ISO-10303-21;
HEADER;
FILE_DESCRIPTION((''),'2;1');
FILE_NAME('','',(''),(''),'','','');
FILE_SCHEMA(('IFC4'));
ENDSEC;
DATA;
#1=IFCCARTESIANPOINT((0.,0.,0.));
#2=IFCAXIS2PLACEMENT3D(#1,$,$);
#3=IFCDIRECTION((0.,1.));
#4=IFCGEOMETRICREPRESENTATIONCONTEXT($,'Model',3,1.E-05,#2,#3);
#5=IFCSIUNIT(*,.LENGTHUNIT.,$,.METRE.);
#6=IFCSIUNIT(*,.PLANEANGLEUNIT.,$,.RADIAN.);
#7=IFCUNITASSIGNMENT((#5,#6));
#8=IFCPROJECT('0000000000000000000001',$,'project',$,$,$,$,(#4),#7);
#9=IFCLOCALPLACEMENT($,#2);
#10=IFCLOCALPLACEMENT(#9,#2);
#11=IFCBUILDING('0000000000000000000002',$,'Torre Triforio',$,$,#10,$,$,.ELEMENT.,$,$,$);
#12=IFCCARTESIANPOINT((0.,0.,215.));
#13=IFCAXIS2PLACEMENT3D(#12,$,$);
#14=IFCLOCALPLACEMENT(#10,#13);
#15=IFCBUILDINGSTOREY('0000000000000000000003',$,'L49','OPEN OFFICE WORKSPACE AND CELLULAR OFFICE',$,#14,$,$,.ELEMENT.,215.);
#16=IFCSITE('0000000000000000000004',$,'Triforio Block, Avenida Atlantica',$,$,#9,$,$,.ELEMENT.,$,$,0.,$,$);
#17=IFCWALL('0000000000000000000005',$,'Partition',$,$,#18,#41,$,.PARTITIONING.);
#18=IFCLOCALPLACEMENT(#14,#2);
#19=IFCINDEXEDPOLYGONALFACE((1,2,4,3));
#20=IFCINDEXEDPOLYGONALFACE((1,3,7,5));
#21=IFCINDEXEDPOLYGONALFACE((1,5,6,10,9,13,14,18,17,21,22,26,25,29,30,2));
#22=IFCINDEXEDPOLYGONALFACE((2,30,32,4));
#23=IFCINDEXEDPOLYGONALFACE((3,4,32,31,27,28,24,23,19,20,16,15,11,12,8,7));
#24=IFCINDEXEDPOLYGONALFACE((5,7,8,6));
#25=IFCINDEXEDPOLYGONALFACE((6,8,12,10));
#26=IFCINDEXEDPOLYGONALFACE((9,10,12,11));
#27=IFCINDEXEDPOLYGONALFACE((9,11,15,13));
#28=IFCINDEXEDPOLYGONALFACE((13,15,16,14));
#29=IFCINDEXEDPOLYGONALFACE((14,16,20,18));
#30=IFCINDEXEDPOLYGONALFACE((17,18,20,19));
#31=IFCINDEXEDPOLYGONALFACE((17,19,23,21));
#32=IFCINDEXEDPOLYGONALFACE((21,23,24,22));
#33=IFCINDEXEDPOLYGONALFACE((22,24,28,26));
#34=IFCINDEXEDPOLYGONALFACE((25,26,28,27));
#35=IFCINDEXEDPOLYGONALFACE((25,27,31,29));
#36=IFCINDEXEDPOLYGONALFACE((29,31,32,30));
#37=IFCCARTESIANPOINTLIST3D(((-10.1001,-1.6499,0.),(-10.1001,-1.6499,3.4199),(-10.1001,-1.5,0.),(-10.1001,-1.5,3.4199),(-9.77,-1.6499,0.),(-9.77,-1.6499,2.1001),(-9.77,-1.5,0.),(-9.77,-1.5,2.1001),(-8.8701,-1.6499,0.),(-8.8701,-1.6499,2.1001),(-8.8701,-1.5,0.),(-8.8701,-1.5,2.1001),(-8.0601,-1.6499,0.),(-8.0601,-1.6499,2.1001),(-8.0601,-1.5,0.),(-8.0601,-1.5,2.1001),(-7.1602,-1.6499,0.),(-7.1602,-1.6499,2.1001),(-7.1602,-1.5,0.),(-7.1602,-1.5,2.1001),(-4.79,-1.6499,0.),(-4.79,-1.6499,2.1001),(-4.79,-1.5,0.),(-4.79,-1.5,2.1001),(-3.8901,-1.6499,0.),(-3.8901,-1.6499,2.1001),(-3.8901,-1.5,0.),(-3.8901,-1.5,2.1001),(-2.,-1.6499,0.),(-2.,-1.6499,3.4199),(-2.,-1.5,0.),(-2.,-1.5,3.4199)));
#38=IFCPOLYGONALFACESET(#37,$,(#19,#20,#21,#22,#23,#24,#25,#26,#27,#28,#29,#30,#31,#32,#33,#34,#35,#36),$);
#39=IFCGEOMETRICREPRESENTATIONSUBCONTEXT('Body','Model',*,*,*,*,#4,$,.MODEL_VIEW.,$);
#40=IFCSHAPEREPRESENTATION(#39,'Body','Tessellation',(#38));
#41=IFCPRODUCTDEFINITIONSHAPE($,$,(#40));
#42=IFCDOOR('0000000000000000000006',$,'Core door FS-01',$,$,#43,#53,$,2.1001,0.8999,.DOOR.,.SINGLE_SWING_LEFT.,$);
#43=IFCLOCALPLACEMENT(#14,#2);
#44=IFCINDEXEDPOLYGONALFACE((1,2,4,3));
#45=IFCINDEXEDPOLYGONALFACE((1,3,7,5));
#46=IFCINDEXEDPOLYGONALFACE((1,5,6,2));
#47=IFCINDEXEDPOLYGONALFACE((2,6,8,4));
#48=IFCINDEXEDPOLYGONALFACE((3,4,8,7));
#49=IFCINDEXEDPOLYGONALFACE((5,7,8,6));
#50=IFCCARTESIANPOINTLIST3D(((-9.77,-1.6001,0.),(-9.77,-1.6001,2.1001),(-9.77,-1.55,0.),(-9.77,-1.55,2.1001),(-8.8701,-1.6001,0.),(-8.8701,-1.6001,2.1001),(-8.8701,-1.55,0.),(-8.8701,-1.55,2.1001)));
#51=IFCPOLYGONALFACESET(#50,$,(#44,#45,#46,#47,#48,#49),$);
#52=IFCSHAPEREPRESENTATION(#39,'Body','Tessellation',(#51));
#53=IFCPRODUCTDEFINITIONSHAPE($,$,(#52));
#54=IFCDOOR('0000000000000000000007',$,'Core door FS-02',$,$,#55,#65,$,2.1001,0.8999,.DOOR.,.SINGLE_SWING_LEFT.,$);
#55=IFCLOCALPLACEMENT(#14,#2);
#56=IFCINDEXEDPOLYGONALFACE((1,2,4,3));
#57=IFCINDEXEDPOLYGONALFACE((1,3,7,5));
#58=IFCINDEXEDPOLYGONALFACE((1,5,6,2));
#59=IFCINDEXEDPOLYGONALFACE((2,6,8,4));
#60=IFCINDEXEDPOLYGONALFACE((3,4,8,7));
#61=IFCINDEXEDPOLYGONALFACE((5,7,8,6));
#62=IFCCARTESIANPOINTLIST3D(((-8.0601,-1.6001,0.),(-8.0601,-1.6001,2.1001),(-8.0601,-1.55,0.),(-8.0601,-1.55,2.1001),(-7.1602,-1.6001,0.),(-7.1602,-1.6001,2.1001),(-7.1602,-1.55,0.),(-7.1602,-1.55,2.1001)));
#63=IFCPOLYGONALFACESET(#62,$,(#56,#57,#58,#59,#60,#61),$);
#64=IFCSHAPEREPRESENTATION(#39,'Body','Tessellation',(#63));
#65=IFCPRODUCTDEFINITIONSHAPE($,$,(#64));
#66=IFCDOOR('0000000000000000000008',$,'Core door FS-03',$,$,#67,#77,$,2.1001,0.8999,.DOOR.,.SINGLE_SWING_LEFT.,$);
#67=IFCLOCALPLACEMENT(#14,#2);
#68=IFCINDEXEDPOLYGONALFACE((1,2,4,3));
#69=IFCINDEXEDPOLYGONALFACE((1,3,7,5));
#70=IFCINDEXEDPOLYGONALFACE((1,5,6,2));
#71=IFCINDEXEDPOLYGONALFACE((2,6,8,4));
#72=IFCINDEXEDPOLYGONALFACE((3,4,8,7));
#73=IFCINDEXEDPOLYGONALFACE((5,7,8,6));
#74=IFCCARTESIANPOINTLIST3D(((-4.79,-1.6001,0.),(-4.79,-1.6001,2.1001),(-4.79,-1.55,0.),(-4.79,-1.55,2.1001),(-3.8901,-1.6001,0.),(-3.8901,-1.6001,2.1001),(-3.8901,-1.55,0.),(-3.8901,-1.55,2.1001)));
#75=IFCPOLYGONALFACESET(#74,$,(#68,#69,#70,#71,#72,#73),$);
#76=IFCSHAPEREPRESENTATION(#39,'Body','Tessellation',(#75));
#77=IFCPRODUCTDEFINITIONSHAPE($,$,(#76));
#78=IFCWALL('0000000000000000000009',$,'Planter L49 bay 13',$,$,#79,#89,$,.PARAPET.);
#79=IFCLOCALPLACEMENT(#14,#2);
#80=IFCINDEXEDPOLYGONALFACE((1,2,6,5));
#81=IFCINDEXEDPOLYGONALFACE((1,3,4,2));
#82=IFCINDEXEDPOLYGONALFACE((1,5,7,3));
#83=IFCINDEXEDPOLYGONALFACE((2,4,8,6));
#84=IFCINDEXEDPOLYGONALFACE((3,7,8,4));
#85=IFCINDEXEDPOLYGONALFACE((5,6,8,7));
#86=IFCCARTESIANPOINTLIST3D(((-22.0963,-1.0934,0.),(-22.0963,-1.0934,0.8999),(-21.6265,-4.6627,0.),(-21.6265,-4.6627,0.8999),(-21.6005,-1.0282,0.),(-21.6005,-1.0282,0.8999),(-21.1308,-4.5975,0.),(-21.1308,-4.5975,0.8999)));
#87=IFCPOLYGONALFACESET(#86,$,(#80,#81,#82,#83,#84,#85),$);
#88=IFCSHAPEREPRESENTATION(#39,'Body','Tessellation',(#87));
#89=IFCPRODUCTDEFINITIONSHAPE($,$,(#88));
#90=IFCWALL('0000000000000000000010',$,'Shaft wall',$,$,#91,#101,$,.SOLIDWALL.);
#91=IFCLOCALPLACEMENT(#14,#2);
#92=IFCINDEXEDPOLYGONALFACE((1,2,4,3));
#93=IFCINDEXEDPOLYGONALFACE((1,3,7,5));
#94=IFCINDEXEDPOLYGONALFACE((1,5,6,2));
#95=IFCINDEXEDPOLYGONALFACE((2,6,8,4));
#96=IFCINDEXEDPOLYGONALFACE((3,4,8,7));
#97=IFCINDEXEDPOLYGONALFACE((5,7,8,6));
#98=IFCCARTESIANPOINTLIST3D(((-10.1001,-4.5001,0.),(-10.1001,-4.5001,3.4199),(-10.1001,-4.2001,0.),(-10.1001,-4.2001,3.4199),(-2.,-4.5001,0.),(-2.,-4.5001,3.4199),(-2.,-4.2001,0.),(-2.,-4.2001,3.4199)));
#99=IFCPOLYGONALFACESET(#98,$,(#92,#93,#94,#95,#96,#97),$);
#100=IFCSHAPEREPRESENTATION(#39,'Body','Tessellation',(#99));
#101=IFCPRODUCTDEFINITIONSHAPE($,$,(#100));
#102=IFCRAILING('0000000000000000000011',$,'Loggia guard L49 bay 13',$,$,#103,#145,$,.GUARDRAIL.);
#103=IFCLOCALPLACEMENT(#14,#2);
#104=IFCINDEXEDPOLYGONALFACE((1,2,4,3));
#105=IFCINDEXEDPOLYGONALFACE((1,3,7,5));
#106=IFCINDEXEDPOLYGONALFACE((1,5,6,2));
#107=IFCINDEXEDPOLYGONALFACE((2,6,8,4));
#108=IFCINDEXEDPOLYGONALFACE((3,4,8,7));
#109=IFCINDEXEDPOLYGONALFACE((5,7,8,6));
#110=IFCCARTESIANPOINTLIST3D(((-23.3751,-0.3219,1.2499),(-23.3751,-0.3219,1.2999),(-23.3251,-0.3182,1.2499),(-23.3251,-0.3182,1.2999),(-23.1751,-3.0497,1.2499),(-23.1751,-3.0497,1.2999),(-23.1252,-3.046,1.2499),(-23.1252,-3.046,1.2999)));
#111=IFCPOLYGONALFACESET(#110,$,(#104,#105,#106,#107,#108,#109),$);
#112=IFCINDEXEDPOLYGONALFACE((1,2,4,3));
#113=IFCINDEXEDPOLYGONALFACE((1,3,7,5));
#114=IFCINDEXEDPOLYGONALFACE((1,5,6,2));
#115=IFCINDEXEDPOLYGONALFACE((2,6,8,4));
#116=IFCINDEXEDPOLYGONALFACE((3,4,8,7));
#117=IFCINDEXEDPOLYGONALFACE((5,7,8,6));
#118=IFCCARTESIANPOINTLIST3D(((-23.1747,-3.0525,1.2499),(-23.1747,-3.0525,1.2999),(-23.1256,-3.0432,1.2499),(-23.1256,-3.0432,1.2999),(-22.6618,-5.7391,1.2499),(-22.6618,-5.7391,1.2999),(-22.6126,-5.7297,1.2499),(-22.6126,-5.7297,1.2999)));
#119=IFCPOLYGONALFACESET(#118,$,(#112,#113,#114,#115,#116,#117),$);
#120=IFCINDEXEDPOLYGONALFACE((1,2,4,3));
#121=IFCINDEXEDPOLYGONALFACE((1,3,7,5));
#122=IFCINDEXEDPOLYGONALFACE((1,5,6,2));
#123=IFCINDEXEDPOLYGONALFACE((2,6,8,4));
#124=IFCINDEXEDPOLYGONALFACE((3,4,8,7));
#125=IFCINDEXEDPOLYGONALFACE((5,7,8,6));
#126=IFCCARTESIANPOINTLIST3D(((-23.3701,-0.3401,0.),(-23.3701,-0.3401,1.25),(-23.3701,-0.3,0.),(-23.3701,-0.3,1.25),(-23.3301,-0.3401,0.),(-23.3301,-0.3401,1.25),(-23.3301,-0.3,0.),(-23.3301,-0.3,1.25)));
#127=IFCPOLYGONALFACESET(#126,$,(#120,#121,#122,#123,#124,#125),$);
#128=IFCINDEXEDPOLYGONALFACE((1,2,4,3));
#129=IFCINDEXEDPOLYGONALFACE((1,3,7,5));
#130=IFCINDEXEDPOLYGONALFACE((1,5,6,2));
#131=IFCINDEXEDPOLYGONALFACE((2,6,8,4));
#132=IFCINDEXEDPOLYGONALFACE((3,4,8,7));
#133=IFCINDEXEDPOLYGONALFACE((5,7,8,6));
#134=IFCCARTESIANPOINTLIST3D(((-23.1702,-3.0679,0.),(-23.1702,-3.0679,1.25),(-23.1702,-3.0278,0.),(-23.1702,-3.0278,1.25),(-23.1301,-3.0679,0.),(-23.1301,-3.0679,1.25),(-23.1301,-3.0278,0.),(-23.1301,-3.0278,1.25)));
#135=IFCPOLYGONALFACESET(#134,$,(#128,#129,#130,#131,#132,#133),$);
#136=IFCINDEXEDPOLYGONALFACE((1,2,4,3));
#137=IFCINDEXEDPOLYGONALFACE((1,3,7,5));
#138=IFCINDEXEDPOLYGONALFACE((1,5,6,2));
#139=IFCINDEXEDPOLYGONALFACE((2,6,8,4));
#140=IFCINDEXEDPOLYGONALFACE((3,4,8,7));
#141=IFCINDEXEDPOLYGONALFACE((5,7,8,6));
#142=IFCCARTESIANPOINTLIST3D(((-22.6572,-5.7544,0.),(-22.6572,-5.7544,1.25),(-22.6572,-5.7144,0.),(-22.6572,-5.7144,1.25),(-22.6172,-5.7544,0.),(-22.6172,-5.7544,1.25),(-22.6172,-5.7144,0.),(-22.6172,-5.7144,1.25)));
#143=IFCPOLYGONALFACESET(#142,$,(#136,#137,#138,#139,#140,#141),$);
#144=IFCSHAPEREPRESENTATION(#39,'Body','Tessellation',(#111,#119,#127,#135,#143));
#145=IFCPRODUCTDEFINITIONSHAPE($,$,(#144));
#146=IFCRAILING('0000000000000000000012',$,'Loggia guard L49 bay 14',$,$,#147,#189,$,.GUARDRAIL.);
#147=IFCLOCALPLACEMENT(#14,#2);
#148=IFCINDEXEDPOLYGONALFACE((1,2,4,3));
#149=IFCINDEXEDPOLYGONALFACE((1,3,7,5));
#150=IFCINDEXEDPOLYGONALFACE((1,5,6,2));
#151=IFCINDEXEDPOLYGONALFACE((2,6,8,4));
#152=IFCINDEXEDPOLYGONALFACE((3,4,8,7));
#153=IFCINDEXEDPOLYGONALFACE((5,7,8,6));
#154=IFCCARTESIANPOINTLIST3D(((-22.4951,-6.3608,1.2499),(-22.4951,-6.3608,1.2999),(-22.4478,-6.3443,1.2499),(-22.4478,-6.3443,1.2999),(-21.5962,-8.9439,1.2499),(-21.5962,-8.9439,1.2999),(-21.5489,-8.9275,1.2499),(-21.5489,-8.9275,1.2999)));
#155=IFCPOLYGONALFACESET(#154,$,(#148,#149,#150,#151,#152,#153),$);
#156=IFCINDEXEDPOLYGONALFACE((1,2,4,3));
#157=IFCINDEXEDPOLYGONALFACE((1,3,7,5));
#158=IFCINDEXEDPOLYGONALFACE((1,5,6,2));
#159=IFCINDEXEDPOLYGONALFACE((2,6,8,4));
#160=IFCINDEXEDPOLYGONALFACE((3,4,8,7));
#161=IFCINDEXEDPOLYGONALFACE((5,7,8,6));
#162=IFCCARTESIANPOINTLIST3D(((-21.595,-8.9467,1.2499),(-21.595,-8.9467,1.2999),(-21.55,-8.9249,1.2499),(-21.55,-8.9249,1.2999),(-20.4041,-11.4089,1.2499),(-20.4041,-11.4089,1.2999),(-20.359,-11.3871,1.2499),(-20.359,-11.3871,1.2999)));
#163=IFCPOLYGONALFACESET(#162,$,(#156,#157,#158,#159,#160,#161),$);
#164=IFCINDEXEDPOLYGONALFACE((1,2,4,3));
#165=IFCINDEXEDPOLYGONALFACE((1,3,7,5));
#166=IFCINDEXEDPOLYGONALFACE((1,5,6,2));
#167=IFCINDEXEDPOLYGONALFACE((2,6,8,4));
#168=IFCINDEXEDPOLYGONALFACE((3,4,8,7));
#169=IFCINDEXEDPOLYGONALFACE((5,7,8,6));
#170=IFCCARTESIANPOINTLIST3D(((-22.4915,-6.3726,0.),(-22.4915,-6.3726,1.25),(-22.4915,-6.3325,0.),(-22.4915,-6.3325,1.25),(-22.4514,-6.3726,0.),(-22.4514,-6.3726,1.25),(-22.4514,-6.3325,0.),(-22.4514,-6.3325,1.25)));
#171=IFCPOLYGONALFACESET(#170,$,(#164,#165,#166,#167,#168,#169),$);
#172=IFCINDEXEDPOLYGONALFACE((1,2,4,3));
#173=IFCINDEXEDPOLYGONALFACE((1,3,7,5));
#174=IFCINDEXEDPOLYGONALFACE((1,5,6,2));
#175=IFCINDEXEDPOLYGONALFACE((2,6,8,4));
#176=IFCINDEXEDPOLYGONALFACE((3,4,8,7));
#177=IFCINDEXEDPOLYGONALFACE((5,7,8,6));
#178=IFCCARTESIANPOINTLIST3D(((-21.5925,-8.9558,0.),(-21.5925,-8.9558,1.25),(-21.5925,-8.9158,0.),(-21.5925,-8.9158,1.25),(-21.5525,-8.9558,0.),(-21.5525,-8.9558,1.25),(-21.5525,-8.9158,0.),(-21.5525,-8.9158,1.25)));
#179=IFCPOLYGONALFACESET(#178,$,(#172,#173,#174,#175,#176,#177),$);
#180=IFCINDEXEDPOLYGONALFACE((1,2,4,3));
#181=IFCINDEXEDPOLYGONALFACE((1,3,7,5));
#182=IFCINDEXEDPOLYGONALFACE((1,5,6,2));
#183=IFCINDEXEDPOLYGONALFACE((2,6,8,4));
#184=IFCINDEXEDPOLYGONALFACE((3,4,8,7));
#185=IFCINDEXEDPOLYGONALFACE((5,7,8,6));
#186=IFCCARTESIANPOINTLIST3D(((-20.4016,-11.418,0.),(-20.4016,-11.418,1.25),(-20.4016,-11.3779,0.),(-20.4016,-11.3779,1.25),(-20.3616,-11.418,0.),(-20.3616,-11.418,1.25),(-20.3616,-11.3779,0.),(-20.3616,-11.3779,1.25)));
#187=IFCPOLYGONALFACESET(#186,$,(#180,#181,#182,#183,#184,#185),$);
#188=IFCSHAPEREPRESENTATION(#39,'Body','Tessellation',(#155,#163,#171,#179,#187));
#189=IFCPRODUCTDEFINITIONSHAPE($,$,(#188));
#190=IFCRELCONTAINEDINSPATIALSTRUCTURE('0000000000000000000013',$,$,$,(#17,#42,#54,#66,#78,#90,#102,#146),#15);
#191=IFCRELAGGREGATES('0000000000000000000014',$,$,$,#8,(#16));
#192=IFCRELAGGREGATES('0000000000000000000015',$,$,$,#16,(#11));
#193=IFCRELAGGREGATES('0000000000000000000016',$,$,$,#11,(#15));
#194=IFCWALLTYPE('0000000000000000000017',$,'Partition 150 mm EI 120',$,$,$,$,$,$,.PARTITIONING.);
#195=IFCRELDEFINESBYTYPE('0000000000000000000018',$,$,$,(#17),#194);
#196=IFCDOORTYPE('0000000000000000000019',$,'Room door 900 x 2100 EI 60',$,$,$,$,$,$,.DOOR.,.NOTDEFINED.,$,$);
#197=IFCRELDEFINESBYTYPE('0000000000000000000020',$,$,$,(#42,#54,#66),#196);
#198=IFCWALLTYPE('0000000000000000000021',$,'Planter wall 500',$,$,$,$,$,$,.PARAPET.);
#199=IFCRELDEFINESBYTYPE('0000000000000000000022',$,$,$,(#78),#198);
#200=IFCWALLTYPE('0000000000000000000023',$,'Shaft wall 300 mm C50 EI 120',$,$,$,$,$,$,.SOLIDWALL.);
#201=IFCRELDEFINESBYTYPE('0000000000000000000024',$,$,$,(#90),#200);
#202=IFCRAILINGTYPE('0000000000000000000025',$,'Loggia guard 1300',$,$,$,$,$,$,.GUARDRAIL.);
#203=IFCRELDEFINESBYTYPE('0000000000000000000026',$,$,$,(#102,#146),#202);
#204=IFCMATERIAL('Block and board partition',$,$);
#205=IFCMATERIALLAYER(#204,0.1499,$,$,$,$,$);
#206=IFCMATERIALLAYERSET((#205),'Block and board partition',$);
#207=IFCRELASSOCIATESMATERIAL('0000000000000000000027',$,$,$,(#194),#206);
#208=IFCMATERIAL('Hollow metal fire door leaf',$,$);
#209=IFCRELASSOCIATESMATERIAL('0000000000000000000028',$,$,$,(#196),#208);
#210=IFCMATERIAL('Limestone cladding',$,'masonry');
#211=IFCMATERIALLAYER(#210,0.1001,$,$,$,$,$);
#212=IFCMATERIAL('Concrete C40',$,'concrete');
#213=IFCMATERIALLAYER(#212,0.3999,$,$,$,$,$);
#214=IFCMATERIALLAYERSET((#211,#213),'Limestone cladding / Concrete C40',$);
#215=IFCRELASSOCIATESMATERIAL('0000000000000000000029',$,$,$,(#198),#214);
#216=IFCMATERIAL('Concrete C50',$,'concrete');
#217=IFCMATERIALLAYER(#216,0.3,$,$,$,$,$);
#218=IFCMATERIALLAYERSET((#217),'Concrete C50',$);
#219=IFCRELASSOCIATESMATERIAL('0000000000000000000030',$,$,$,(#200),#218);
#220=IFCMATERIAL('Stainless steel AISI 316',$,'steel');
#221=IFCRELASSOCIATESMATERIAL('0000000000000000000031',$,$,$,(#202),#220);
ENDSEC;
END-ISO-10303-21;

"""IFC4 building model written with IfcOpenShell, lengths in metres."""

from ifc_helpers import new_model, si_unit, direction, frame, frame_2d, origin, origin_2d, place, context, subcontext, project, spatial, rectangle, extrude, material, layer, layer_set, type_object, element, fill, save


model = new_model("IFC4")

# Units and contexts
model_context = context("Model", 3, precision=1e-05, world=origin(), true_north=direction((0.0, 1.0)))
body_context = subcontext(model_context, "Body", "Model", "MODEL_VIEW")
ifc_project = project(units=[si_unit("LENGTHUNIT", "METRE"), si_unit("PLANEANGLEUNIT", "RADIAN")], contexts=[model_context])

# Site, building, storey
site_placement = place(None, origin())
site = spatial("IfcSite", under=ifc_project, at=site_placement, Name="Triforio Block, Avenida Atlantica", CompositionType="ELEMENT", RefElevation=0.0)
building_placement = place(site_placement, origin())
building = spatial("IfcBuilding", under=site, at=building_placement, Name="Torre Triforio", CompositionType="ELEMENT")
storey_placement = place(building_placement, frame((0.0, 0.0, 215.0)))
storey = spatial("IfcBuildingStorey", under=building, at=storey_placement, Name="L49", Description="OPEN OFFICE WORKSPACE AND CELLULAR OFFICE", CompositionType="ELEMENT", Elevation=215.0)

# Shared definitions
ifc_material_1 = material(Name="Concrete C50", Category="concrete")

# Shared definitions
ifc_material_2 = material(Name="Concrete C40", Category="concrete")

# Shared definitions
ifc_material_3 = material(Name="Hollow metal fire door leaf")

# Wall, openings, doors
ifc_material_4 = material(Name="Block and board partition")
ifc_layer_1 = layer(ifc_material_4, 0.1499)
ifc_layer_set_1 = layer_set([ifc_layer_1], Name="Block and board partition")
wall_type_1 = type_object("IfcWallType", Name="Partition 150 mm EI 120", PredefinedType="PARTITIONING", material=ifc_layer_set_1)
wall_1_placement = place(storey_placement, frame((-10.1001, -1.575, 0.0), z_axis=(0.0, 0.0, 1.0), x_axis=(1.0, 0.0, 0.0)))
wall_1 = element("IfcWall", 1, at=wall_1_placement, inside=storey, type_object=wall_type_1, Name="Partition", PredefinedType="PARTITIONING", context=body_context, shape_type="SweptSolid", body=[
    extrude(rectangle(XDim=8.1001, YDim=0.1499, at=frame_2d((4.05, 0.0))), origin(), (0.0, 0.0, 1.0), 3.4199),
])
opening_1_placement = place(wall_1_placement, frame((0.3301, 0.0, 0.0)))
opening_1 = element("IfcOpeningElement", 2, at=opening_1_placement, cuts=wall_1, PredefinedType="OPENING", context=body_context, shape_type="SweptSolid", body=[
    extrude(rectangle(XDim=0.8999, YDim=2.1001, at=frame_2d((0.45, 1.05))), frame((0.0, 0.085, 0.0), z_axis=(0.0, -1.0, 0.0), x_axis=(1.0, 0.0, 0.0)), (0.0, 0.0, 1.0), 0.1699),
])
opening_2_placement = place(wall_1_placement, frame((2.04, 0.0, 0.0)))
opening_2 = element("IfcOpeningElement", 3, at=opening_2_placement, cuts=wall_1, PredefinedType="OPENING", context=body_context, shape_type="SweptSolid", body=[
    extrude(rectangle(XDim=0.8999, YDim=2.1001, at=frame_2d((0.45, 1.05))), frame((0.0, 0.085, 0.0), z_axis=(0.0, -1.0, 0.0), x_axis=(1.0, 0.0, 0.0)), (0.0, 0.0, 1.0), 0.1699),
])
opening_3_placement = place(wall_1_placement, frame((5.3101, 0.0, 0.0)))
opening_3 = element("IfcOpeningElement", 4, at=opening_3_placement, cuts=wall_1, PredefinedType="OPENING", context=body_context, shape_type="SweptSolid", body=[
    extrude(rectangle(XDim=0.8999, YDim=2.1001, at=frame_2d((0.45, 1.05))), frame((0.0, 0.085, 0.0), z_axis=(0.0, -1.0, 0.0), x_axis=(1.0, 0.0, 0.0)), (0.0, 0.0, 1.0), 0.1699),
])
door_type_1 = type_object("IfcDoorType", Name="Room door 900 x 2100 EI 60", OperationType="NOTDEFINED", PredefinedType="DOOR", material=ifc_material_3)
door_1_placement = place(opening_1_placement, origin())
door_1 = element("IfcDoor", 5, at=door_1_placement, inside=storey, type_object=door_type_1, Name="Core door FS-01", OperationType="SINGLE_SWING_LEFT", OverallHeight=2.1001, OverallWidth=0.8999, PredefinedType="DOOR", context=body_context, shape_type="SweptSolid", body=[
    extrude(rectangle(XDim=0.8999, YDim=2.1001, at=frame_2d((0.45, 1.05))), frame((0.0, 0.0249, 0.0), z_axis=(0.0, -1.0, 0.0), x_axis=(1.0, 0.0, 0.0)), (0.0, 0.0, 1.0), 0.05),
])
fill(opening_1, door_1)
door_2_placement = place(opening_2_placement, origin())
door_2 = element("IfcDoor", 6, at=door_2_placement, inside=storey, type_object=door_type_1, Name="Core door FS-02", OperationType="SINGLE_SWING_LEFT", OverallHeight=2.1001, OverallWidth=0.8999, PredefinedType="DOOR", context=body_context, shape_type="SweptSolid", body=[
    extrude(rectangle(XDim=0.8999, YDim=2.1001, at=frame_2d((0.45, 1.05))), frame((0.0, 0.0249, 0.0), z_axis=(0.0, -1.0, 0.0), x_axis=(1.0, 0.0, 0.0)), (0.0, 0.0, 1.0), 0.05),
])
fill(opening_2, door_2)
door_3_placement = place(opening_3_placement, origin())
door_3 = element("IfcDoor", 7, at=door_3_placement, inside=storey, type_object=door_type_1, Name="Core door FS-03", OperationType="SINGLE_SWING_LEFT", OverallHeight=2.1001, OverallWidth=0.8999, PredefinedType="DOOR", context=body_context, shape_type="SweptSolid", body=[
    extrude(rectangle(XDim=0.8999, YDim=2.1001, at=frame_2d((0.45, 1.05))), frame((0.0, 0.0249, 0.0), z_axis=(0.0, -1.0, 0.0), x_axis=(1.0, 0.0, 0.0)), (0.0, 0.0, 1.0), 0.05),
])
fill(opening_3, door_3)

# Walls
ifc_material_5 = material(Name="Limestone cladding", Category="masonry")
ifc_layer_2 = layer(ifc_material_5, 0.1001)
ifc_layer_3 = layer(ifc_material_2, 0.3999)
ifc_layer_set_2 = layer_set([ifc_layer_2, ifc_layer_3], Name="Limestone cladding / Concrete C40")
wall_type_2 = type_object("IfcWallType", Name="Planter wall 500", PredefinedType="PARAPET", material=ifc_layer_set_2)
wall_2_placement = place(storey_placement, frame((-21.8484, -1.0608, 0.0), z_axis=(0.0, 0.0, 1.0), x_axis=(0.130476, -0.991452, 0.0)))
element("IfcWall", 8, at=wall_2_placement, inside=storey, type_object=wall_type_2, Name="Planter L49 bay 13", PredefinedType="PARAPET", context=body_context, shape_type="SweptSolid", body=[
    extrude(rectangle(XDim=3.6001, YDim=0.5, at=frame_2d((1.8, 0.0))), origin(), (0.0, 0.0, 1.0), 0.8999),
])
ifc_layer_4 = layer(ifc_material_1, 0.3)
ifc_layer_set_3 = layer_set([ifc_layer_4], Name="Concrete C50")
wall_type_3 = type_object("IfcWallType", Name="Shaft wall 300 mm C50 EI 120", PredefinedType="SOLIDWALL", material=ifc_layer_set_3)
wall_3_placement = place(storey_placement, frame((-10.1001, -4.3501, 0.0), z_axis=(0.0, 0.0, 1.0), x_axis=(1.0, 0.0, 0.0)))
element("IfcWall", 9, at=wall_3_placement, inside=storey, type_object=wall_type_3, Name="Shaft wall", PredefinedType="SOLIDWALL", context=body_context, shape_type="SweptSolid", body=[
    extrude(rectangle(XDim=8.1001, YDim=0.3, at=frame_2d((4.05, 0.0))), origin(), (0.0, 0.0, 1.0), 3.4199),
])

# Railings
ifc_material_6 = material(Name="Stainless steel AISI 316", Category="steel")
railing_type = type_object("IfcRailingType", Name="Loggia guard 1300", PredefinedType="GUARDRAIL", material=ifc_material_6)
railing_1_placement = place(storey_placement, frame((-23.3501, -0.3201, 0.0)))
element("IfcRailing", 10, at=railing_1_placement, inside=storey, type_object=railing_type, Name="Loggia guard L49 bay 13", PredefinedType="GUARDRAIL", context=body_context, shape_type="SweptSolid", body=[
    extrude(rectangle(XDim=0.05, YDim=0.05, at=origin_2d()), frame((0.0, 0.0, 1.2749), z_axis=(0.073106, -0.997324, 0.0), x_axis=(0.997324, 0.073106, 0.0)), (0.0, 0.0, 1.0), 2.7351),
    extrude(rectangle(XDim=0.05, YDim=0.05, at=origin_2d()), frame((0.2, -2.7278, 1.2749), z_axis=(0.187543, -0.982256, 0.0), x_axis=(0.982256, 0.187543, 0.0)), (0.0, 0.0, 1.0), 2.7351),
    extrude(rectangle(XDim=0.04, YDim=0.04, at=origin_2d()), origin(), (0.0, 0.0, 1.0), 1.25),
    extrude(rectangle(XDim=0.04, YDim=0.04, at=origin_2d()), frame((0.2, -2.7278, 0.0)), (0.0, 0.0, 1.0), 1.25),
    extrude(rectangle(XDim=0.04, YDim=0.04, at=origin_2d()), frame((0.7129, -5.4143, 0.0)), (0.0, 0.0, 1.0), 1.25),
])
railing_2_placement = place(storey_placement, frame((-22.4714, -6.3525, 0.0)))
element("IfcRailing", 11, at=railing_2_placement, inside=storey, type_object=railing_type, Name="Loggia guard L49 bay 14", PredefinedType="GUARDRAIL", context=body_context, shape_type="SweptSolid", body=[
    extrude(rectangle(XDim=0.05, YDim=0.05, at=origin_2d()), frame((0.0, 0.0, 1.2749), z_axis=(0.328652, -0.944451, 0.0), x_axis=(0.944451, 0.328652, 0.0)), (0.0, 0.0, 1.0), 2.7351),
    extrude(rectangle(XDim=0.05, YDim=0.05, at=origin_2d()), frame((0.8989, -2.5833, 1.2749), z_axis=(0.435428, -0.900224, 0.0), x_axis=(0.900224, 0.435428, 0.0)), (0.0, 0.0, 1.0), 2.7351),
    extrude(rectangle(XDim=0.04, YDim=0.04, at=origin_2d()), origin(), (0.0, 0.0, 1.0), 1.25),
    extrude(rectangle(XDim=0.04, YDim=0.04, at=origin_2d()), frame((0.8989, -2.5833, 0.0)), (0.0, 0.0, 1.0), 1.25),
    extrude(rectangle(XDim=0.04, YDim=0.04, at=origin_2d()), frame((2.0898, -5.0454, 0.0)), (0.0, 0.0, 1.0), 1.25),
])

save(model, "model.ifc")
